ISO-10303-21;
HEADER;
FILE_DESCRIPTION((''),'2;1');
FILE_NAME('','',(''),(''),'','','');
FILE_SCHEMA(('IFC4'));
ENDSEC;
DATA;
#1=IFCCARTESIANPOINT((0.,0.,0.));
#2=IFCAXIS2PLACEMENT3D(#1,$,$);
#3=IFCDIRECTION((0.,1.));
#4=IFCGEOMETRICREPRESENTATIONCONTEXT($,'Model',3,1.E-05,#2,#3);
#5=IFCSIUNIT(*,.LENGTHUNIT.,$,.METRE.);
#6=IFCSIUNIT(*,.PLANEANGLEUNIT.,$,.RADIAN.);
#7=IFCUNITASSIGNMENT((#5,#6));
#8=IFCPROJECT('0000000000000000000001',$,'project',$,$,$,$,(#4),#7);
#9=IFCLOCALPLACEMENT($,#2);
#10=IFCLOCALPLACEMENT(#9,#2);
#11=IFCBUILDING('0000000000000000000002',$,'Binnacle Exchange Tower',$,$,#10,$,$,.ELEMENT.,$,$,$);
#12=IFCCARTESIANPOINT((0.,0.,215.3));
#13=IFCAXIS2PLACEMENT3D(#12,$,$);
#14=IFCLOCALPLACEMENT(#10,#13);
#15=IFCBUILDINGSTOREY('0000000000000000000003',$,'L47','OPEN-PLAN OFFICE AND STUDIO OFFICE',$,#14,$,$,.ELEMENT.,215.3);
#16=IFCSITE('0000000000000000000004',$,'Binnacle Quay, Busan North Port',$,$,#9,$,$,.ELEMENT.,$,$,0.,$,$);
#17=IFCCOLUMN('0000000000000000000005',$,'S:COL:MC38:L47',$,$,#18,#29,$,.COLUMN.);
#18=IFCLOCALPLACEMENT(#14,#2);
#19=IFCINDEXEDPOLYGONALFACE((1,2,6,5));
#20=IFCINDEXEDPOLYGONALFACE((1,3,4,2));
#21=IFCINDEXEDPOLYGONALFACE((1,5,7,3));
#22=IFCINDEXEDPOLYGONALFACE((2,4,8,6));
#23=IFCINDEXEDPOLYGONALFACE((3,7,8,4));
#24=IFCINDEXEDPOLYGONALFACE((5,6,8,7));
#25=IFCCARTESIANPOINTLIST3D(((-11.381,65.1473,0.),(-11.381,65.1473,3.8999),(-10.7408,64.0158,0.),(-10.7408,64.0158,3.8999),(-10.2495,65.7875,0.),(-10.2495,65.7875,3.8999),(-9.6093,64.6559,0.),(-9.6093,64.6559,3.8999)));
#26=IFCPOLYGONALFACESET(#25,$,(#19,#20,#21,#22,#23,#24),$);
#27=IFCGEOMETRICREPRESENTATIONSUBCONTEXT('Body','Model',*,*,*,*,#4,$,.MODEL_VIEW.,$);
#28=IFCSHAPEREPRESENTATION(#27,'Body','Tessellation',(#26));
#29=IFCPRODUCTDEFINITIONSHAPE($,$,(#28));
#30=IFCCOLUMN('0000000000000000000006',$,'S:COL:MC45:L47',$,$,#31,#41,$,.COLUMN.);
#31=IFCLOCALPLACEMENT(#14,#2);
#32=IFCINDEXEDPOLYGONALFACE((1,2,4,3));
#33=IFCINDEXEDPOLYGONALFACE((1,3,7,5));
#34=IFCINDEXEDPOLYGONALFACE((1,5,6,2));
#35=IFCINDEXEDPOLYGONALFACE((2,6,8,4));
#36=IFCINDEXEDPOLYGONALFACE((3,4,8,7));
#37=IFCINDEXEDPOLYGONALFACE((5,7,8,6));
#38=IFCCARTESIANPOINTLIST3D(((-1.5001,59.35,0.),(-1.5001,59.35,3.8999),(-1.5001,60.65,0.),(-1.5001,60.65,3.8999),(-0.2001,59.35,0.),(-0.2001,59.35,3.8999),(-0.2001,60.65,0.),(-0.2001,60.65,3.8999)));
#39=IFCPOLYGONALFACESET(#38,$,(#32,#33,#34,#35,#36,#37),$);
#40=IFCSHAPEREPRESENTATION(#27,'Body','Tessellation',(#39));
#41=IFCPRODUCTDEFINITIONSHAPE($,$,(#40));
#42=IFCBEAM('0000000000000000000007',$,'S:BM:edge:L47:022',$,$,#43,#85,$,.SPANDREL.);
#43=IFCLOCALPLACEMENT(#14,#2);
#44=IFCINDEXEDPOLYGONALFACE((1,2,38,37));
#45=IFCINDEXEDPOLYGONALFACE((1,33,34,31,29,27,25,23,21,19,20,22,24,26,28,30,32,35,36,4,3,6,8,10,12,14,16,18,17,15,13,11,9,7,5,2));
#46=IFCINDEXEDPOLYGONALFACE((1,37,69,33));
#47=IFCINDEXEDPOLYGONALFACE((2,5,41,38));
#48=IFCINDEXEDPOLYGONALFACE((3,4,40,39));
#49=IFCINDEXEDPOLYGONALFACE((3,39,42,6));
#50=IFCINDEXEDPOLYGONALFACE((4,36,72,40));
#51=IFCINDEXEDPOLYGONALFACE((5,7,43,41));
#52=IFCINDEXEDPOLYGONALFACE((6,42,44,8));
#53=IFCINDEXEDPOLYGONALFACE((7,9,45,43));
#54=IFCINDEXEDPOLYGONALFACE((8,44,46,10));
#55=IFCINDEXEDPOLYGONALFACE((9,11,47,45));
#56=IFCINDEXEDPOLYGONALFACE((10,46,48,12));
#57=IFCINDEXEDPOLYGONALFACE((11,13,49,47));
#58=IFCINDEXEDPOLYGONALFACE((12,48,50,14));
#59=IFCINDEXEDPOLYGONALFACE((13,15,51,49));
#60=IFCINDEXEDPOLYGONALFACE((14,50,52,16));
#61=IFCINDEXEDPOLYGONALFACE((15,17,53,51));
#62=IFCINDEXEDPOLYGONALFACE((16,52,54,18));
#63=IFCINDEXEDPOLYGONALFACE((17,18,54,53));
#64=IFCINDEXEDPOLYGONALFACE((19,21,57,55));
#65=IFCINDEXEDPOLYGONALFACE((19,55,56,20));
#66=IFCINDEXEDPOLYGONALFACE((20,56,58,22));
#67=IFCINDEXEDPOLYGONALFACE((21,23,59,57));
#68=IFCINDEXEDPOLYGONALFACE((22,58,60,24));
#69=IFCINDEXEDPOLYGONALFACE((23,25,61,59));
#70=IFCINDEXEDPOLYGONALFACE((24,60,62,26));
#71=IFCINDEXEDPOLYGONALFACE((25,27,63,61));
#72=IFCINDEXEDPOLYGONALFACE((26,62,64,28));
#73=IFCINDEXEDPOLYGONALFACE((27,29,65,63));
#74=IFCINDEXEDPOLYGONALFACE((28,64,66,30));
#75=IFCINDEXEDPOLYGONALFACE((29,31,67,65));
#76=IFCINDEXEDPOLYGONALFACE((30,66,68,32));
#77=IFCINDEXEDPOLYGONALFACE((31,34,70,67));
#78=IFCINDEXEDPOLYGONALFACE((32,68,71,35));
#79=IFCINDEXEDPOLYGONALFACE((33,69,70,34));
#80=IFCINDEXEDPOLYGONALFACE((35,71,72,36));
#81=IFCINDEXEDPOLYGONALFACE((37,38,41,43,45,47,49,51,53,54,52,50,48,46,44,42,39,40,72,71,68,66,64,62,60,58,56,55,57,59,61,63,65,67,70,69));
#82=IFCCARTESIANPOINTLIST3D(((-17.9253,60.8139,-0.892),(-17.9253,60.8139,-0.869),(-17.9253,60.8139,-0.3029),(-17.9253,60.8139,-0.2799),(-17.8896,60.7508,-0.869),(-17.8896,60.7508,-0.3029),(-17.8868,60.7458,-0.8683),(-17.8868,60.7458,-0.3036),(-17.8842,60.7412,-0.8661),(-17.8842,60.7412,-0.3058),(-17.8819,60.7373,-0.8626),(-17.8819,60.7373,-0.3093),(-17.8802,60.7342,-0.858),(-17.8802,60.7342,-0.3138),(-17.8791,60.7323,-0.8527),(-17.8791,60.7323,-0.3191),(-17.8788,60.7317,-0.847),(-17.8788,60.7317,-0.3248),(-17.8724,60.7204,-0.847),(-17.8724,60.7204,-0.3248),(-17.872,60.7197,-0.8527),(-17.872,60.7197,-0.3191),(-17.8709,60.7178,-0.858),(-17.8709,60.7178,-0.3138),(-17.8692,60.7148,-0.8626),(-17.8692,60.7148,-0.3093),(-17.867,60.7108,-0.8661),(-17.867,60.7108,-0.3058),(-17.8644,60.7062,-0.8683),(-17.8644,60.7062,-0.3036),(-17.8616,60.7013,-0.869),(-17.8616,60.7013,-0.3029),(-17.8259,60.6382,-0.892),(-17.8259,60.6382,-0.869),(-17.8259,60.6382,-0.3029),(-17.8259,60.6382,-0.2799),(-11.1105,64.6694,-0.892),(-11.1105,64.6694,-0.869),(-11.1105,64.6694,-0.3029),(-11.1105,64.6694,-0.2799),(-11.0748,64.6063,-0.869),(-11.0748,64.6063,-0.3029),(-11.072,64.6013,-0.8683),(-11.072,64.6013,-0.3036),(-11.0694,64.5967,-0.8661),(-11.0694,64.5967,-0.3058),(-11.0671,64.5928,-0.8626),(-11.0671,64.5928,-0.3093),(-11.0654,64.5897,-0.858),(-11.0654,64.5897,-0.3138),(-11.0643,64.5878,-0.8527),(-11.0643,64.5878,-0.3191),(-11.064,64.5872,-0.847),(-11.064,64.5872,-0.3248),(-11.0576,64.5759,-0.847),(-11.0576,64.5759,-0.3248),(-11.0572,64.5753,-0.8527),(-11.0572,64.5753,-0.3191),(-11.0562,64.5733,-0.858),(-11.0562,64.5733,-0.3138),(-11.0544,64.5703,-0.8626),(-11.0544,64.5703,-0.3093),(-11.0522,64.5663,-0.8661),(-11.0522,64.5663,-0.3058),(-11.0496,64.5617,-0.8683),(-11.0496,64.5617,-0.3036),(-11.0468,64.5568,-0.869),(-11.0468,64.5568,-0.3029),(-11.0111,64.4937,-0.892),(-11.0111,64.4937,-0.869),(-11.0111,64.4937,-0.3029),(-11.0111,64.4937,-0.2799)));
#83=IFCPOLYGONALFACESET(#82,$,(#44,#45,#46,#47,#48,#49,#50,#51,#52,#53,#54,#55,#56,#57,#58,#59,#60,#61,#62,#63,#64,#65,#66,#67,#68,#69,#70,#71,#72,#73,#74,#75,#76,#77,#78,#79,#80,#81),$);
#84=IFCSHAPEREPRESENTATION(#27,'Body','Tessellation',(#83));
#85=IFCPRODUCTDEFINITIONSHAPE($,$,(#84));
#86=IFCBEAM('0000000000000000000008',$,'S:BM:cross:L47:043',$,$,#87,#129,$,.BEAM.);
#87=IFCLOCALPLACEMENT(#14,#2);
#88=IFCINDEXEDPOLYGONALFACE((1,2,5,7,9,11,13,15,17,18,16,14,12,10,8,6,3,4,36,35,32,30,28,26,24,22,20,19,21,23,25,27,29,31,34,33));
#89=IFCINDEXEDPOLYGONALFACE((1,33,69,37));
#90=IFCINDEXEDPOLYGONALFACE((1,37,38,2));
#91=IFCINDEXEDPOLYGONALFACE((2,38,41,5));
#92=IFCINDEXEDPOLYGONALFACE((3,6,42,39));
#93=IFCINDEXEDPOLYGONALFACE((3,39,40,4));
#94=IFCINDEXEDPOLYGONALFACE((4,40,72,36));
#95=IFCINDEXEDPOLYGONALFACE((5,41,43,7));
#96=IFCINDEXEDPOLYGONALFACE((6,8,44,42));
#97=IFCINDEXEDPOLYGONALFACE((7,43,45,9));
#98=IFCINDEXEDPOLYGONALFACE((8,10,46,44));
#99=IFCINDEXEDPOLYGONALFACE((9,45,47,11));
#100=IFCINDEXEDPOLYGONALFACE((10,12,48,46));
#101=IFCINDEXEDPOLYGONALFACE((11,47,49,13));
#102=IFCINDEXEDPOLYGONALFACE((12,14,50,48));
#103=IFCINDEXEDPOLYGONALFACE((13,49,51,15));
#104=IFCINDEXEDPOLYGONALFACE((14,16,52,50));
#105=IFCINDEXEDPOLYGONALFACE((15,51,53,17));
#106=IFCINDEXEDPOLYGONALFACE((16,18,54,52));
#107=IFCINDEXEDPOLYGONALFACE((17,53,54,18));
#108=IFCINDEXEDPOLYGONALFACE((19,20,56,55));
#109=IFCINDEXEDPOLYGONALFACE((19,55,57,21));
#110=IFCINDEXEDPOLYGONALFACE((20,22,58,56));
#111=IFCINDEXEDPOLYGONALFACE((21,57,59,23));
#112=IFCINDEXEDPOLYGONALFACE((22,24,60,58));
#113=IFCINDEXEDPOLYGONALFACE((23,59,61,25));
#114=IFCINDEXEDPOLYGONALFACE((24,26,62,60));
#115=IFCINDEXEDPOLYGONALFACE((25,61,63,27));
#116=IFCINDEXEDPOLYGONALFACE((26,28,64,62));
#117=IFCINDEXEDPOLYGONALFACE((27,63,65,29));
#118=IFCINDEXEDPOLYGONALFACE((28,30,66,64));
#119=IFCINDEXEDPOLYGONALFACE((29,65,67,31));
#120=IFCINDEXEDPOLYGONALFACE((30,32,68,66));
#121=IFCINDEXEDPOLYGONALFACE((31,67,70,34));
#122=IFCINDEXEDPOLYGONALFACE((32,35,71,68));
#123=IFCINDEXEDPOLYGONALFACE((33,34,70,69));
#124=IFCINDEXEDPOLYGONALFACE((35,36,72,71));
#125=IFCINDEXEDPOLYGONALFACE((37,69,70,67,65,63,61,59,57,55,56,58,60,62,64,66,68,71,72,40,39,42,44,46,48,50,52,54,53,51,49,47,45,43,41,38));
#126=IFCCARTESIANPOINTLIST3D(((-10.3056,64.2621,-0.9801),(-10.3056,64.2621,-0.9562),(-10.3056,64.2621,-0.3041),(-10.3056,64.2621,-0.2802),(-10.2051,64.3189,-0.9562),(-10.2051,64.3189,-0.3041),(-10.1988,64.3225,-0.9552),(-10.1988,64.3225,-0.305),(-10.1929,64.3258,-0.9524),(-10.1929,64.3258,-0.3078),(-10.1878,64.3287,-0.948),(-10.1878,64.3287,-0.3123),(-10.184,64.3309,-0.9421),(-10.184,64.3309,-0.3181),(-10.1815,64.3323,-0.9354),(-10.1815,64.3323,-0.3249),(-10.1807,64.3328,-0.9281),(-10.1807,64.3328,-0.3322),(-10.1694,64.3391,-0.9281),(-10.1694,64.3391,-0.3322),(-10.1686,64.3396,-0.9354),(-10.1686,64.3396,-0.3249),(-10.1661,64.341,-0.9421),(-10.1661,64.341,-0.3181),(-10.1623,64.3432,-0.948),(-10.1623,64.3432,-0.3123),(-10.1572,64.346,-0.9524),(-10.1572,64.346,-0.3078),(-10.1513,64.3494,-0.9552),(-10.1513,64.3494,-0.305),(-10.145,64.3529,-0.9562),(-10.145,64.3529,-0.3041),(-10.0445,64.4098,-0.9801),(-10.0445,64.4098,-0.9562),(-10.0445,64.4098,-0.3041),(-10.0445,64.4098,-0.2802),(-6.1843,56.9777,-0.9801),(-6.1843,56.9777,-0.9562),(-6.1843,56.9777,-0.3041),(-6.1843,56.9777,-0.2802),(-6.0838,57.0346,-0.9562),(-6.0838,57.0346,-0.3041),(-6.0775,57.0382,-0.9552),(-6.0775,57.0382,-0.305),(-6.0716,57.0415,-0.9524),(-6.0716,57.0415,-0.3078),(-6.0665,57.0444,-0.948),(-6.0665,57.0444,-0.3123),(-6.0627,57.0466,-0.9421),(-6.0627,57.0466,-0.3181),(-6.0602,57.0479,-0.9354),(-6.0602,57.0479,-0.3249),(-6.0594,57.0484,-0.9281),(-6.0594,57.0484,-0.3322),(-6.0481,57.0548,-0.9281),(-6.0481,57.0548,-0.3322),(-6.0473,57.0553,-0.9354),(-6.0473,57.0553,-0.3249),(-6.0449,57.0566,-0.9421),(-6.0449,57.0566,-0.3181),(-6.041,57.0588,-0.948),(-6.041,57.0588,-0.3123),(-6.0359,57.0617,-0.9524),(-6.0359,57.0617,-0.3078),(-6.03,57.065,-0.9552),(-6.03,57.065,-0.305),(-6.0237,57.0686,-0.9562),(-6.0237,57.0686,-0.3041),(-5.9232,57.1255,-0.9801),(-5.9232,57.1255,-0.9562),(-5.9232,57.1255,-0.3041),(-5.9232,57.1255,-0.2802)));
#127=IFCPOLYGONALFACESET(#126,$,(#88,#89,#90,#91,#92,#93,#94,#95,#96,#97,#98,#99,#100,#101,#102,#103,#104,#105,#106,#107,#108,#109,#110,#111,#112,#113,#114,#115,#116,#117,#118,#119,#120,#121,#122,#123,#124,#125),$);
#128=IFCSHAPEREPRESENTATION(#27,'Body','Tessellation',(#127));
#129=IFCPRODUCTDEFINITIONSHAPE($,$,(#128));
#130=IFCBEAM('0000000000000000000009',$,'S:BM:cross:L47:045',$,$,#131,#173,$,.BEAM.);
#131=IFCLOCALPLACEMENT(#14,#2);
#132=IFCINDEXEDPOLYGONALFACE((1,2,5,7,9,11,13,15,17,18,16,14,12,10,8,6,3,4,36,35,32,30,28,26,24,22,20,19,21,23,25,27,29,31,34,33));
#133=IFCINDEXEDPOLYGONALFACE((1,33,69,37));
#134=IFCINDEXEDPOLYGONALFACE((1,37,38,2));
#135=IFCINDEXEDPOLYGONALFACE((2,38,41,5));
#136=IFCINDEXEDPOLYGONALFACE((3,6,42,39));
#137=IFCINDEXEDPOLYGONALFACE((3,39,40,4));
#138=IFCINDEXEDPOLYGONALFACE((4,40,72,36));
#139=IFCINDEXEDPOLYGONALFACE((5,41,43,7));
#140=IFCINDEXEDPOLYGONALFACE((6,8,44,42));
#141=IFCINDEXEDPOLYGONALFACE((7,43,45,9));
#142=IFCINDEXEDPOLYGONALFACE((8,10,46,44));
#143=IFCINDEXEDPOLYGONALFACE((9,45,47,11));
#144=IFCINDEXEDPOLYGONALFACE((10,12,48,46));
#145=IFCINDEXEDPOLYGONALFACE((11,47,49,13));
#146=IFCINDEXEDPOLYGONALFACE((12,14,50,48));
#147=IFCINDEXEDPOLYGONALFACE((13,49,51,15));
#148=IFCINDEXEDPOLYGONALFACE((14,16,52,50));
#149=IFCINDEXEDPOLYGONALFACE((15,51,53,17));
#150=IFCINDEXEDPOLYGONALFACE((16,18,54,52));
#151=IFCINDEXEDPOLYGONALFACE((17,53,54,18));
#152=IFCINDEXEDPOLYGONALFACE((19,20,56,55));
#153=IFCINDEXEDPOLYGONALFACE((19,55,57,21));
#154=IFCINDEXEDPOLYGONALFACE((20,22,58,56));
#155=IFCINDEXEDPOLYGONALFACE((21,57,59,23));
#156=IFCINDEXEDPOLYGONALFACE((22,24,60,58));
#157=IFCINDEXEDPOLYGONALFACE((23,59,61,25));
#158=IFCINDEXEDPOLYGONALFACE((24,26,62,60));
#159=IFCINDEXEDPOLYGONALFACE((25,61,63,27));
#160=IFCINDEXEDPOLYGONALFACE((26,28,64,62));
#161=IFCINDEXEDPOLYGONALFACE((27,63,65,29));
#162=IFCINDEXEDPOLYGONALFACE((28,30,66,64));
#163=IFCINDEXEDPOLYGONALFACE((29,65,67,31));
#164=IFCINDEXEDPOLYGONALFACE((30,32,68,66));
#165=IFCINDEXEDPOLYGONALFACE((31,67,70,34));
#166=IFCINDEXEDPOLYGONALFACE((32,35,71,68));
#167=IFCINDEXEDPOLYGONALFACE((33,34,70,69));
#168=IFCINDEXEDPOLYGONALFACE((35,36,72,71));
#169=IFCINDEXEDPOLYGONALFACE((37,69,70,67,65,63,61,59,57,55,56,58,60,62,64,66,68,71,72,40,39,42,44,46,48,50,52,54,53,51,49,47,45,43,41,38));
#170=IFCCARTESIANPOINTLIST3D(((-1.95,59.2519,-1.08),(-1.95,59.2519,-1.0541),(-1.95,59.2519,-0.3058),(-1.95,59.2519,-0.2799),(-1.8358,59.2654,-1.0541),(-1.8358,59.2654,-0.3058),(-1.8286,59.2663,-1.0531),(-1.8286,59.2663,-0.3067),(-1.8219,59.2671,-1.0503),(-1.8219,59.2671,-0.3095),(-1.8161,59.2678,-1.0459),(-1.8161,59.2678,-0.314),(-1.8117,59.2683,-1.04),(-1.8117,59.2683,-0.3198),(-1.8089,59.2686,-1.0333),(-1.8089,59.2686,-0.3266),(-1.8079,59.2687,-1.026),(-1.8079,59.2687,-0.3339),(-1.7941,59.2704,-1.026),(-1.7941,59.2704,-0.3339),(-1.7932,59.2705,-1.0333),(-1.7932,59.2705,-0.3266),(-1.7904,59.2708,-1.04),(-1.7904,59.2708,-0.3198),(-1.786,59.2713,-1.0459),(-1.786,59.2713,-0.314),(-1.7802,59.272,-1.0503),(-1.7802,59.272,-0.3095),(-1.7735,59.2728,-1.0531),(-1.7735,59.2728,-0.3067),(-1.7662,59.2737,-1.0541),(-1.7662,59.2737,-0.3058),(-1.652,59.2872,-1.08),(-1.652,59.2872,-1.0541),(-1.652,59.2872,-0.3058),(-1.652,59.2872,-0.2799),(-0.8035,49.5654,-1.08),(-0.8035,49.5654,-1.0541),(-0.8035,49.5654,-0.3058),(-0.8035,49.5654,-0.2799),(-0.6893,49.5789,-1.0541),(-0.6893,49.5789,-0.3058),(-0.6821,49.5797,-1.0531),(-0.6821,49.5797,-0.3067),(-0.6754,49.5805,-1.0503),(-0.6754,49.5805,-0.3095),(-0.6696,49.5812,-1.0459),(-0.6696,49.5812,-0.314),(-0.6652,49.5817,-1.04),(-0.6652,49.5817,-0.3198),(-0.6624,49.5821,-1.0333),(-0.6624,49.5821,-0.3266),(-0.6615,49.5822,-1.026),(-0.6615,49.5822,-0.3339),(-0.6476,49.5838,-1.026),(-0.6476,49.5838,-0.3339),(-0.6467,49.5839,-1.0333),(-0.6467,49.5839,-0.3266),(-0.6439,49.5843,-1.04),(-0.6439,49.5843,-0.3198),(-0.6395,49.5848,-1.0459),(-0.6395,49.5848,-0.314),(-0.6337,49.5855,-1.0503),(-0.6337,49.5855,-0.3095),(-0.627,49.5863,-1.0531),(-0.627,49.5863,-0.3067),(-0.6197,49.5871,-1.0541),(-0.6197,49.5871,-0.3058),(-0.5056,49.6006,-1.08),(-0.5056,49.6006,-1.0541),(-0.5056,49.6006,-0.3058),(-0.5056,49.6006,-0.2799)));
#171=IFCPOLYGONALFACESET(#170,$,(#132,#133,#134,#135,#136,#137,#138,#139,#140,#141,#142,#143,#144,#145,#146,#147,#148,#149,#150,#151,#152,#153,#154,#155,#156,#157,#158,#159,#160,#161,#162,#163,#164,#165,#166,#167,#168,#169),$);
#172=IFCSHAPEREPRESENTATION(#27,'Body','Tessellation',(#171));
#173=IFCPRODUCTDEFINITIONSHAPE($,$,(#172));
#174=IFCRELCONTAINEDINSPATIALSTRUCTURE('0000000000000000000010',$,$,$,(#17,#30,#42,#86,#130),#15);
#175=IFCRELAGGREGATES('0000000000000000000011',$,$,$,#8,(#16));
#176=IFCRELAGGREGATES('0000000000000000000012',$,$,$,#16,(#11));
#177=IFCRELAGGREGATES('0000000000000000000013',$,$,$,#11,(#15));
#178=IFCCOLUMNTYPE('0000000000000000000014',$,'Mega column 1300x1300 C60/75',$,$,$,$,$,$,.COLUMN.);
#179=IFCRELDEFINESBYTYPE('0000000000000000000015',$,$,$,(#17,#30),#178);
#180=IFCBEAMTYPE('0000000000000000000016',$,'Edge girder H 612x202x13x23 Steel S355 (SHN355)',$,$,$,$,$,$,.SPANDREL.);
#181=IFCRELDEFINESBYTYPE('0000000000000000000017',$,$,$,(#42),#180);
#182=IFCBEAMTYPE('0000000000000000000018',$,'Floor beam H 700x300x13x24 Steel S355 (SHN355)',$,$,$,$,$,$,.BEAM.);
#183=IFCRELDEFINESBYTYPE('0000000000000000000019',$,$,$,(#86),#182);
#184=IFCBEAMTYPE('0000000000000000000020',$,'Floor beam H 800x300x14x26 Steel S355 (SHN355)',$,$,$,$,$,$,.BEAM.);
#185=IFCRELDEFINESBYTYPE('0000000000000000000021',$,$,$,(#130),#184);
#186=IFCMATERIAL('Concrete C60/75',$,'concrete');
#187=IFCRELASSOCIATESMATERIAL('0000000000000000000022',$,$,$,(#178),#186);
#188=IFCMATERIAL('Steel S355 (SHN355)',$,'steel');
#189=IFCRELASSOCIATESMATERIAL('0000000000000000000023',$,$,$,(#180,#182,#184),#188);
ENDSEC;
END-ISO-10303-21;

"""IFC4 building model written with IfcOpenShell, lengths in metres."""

from ifc_helpers import new_model, si_unit, direction, frame, origin, origin_2d, place, context, subcontext, project, spatial, rectangle, i_section, extrude, material, material_profile, profile_set, type_object, element, save


model = new_model("IFC4")

# Units and contexts
model_context = context("Model", 3, precision=1e-05, world=origin(), true_north=direction((0.0, 1.0)))
body_context = subcontext(model_context, "Body", "Model", "MODEL_VIEW")
ifc_project = project(units=[si_unit("LENGTHUNIT", "METRE"), si_unit("PLANEANGLEUNIT", "RADIAN")], contexts=[model_context])

# Site, building, storey
site_placement = place(None, origin())
site = spatial("IfcSite", under=ifc_project, at=site_placement, Name="Binnacle Quay, Busan North Port", CompositionType="ELEMENT", RefElevation=0.0)
building_placement = place(site_placement, origin())
building = spatial("IfcBuilding", under=site, at=building_placement, Name="Binnacle Exchange Tower", CompositionType="ELEMENT")
storey_placement = place(building_placement, frame((0.0, 0.0, 215.3)))
storey = spatial("IfcBuildingStorey", under=building, at=storey_placement, Name="L47", Description="OPEN-PLAN OFFICE AND STUDIO OFFICE", CompositionType="ELEMENT", Elevation=215.3)

# Columns
ifc_material_1 = material(Name="Concrete C60/75", Category="concrete")
ifc_material_profile_1 = material_profile(ifc_material_1, rectangle(XDim=1.3, YDim=1.3, at=origin_2d()), Name="Mega column 1300x1300 C60/75")
ifc_profile_set_1 = profile_set([ifc_material_profile_1], Name="Concrete C60/75")
column_type = type_object("IfcColumnType", Name="Mega column 1300x1300 C60/75", PredefinedType="COLUMN", material=ifc_profile_set_1)
for number, where, z_axis, x_axis, name in (
    (1, (-10.4951, 64.9016, 0.0), (0.0, 0.0, 1.0), (-0.870356, -0.492424, 0.0), "S:COL:MC38:L47"),
    (2, (-0.8501, 60.0, 0.0), (0.0, 0.0, 1.0), (0.0, 1.0, 0.0), "S:COL:MC45:L47"),
):
    element("IfcColumn", number, at=place(storey_placement, frame(where, z_axis=z_axis, x_axis=x_axis)), inside=storey, type_object=column_type, Name=name, PredefinedType="COLUMN", context=body_context, shape_type="SweptSolid", body=[
        extrude(rectangle(XDim=1.3, YDim=1.3, at=origin_2d()), origin(), (0.0, 0.0, 1.0), 3.8999),
    ])

# Beams
ifc_material_2 = material(Name="Steel S355 (SHN355)", Category="steel")
ifc_material_profile_2 = material_profile(ifc_material_2, i_section(OverallWidth=0.2019, OverallDepth=0.6121, WebThickness=0.0129, FlangeThickness=0.0229, FilletRadius=0.022, at=origin_2d()), Name="H 612x202x13x23")
ifc_profile_set_2 = profile_set([ifc_material_profile_2], Name="Steel S355 (SHN355)")
beam_type_1 = type_object("IfcBeamType", Name="Edge girder H 612x202x13x23 Steel S355 (SHN355)", PredefinedType="SPANDREL", material=ifc_profile_set_2)
beam_1_placement = place(storey_placement, frame((-11.0608, 64.5815, -0.5859), z_axis=(-0.870361, -0.492414, 0.0), x_axis=(0.492414, -0.870361, 0.0)))
element("IfcBeam", 3, at=beam_1_placement, inside=storey, type_object=beam_type_1, Name="S:BM:edge:L47:022", PredefinedType="SPANDREL", context=body_context, shape_type="SweptSolid", body=[
    extrude(i_section(OverallWidth=0.2019, OverallDepth=0.6121, WebThickness=0.0129, FlangeThickness=0.0229, FilletRadius=0.022, at=origin_2d()), origin(), (0.0, 0.0, 1.0), 7.8298),
])
ifc_material_profile_3 = material_profile(ifc_material_2, i_section(OverallWidth=0.3, OverallDepth=0.7, WebThickness=0.0129, FlangeThickness=0.0239, FilletRadius=0.0281, at=origin_2d()), Name="H 700x300x13x24")
ifc_profile_set_3 = profile_set([ifc_material_profile_3], Name="Steel S355 (SHN355)")
beam_type_2 = type_object("IfcBeamType", Name="Floor beam H 700x300x13x24 Steel S355 (SHN355)", PredefinedType="BEAM", material=ifc_profile_set_3)
beam_2_placement = place(storey_placement, frame((-10.175, 64.3359, -0.6301), z_axis=(0.492424, -0.870355, 0.0), x_axis=(0.870355, 0.492424, 0.0)))
element("IfcBeam", 4, at=beam_2_placement, inside=storey, type_object=beam_type_2, Name="S:BM:cross:L47:043", PredefinedType="BEAM", context=body_context, shape_type="SweptSolid", body=[
    extrude(i_section(OverallWidth=0.3, OverallDepth=0.7, WebThickness=0.0129, FlangeThickness=0.0239, FilletRadius=0.0281, at=origin_2d()), origin(), (0.0, 0.0, 1.0), 8.3694),
])
ifc_material_profile_4 = material_profile(ifc_material_2, i_section(OverallWidth=0.3, OverallDepth=0.8, WebThickness=0.0139, FlangeThickness=0.0259, FilletRadius=0.0281, at=origin_2d()), Name="H 800x300x14x26")
ifc_profile_set_4 = profile_set([ifc_material_profile_4], Name="Steel S355 (SHN355)")
beam_type_3 = type_object("IfcBeamType", Name="Floor beam H 800x300x14x26 Steel S355 (SHN355)", PredefinedType="BEAM", material=ifc_profile_set_4)
beam_3_placement = place(storey_placement, frame((-0.6545, 49.583, -0.6799), z_axis=(-0.117538, 0.993068, 0.0), x_axis=(-0.993068, -0.117538, 0.0)))
element("IfcBeam", 5, at=beam_3_placement, inside=storey, type_object=beam_type_3, Name="S:BM:cross:L47:045", PredefinedType="BEAM", context=body_context, shape_type="SweptSolid", body=[
    extrude(i_section(OverallWidth=0.3, OverallDepth=0.8, WebThickness=0.0139, FlangeThickness=0.0259, FilletRadius=0.0281, at=origin_2d()), origin(), (0.0, 0.0, 1.0), 9.7542),
])

save(model, "model.ifc")
